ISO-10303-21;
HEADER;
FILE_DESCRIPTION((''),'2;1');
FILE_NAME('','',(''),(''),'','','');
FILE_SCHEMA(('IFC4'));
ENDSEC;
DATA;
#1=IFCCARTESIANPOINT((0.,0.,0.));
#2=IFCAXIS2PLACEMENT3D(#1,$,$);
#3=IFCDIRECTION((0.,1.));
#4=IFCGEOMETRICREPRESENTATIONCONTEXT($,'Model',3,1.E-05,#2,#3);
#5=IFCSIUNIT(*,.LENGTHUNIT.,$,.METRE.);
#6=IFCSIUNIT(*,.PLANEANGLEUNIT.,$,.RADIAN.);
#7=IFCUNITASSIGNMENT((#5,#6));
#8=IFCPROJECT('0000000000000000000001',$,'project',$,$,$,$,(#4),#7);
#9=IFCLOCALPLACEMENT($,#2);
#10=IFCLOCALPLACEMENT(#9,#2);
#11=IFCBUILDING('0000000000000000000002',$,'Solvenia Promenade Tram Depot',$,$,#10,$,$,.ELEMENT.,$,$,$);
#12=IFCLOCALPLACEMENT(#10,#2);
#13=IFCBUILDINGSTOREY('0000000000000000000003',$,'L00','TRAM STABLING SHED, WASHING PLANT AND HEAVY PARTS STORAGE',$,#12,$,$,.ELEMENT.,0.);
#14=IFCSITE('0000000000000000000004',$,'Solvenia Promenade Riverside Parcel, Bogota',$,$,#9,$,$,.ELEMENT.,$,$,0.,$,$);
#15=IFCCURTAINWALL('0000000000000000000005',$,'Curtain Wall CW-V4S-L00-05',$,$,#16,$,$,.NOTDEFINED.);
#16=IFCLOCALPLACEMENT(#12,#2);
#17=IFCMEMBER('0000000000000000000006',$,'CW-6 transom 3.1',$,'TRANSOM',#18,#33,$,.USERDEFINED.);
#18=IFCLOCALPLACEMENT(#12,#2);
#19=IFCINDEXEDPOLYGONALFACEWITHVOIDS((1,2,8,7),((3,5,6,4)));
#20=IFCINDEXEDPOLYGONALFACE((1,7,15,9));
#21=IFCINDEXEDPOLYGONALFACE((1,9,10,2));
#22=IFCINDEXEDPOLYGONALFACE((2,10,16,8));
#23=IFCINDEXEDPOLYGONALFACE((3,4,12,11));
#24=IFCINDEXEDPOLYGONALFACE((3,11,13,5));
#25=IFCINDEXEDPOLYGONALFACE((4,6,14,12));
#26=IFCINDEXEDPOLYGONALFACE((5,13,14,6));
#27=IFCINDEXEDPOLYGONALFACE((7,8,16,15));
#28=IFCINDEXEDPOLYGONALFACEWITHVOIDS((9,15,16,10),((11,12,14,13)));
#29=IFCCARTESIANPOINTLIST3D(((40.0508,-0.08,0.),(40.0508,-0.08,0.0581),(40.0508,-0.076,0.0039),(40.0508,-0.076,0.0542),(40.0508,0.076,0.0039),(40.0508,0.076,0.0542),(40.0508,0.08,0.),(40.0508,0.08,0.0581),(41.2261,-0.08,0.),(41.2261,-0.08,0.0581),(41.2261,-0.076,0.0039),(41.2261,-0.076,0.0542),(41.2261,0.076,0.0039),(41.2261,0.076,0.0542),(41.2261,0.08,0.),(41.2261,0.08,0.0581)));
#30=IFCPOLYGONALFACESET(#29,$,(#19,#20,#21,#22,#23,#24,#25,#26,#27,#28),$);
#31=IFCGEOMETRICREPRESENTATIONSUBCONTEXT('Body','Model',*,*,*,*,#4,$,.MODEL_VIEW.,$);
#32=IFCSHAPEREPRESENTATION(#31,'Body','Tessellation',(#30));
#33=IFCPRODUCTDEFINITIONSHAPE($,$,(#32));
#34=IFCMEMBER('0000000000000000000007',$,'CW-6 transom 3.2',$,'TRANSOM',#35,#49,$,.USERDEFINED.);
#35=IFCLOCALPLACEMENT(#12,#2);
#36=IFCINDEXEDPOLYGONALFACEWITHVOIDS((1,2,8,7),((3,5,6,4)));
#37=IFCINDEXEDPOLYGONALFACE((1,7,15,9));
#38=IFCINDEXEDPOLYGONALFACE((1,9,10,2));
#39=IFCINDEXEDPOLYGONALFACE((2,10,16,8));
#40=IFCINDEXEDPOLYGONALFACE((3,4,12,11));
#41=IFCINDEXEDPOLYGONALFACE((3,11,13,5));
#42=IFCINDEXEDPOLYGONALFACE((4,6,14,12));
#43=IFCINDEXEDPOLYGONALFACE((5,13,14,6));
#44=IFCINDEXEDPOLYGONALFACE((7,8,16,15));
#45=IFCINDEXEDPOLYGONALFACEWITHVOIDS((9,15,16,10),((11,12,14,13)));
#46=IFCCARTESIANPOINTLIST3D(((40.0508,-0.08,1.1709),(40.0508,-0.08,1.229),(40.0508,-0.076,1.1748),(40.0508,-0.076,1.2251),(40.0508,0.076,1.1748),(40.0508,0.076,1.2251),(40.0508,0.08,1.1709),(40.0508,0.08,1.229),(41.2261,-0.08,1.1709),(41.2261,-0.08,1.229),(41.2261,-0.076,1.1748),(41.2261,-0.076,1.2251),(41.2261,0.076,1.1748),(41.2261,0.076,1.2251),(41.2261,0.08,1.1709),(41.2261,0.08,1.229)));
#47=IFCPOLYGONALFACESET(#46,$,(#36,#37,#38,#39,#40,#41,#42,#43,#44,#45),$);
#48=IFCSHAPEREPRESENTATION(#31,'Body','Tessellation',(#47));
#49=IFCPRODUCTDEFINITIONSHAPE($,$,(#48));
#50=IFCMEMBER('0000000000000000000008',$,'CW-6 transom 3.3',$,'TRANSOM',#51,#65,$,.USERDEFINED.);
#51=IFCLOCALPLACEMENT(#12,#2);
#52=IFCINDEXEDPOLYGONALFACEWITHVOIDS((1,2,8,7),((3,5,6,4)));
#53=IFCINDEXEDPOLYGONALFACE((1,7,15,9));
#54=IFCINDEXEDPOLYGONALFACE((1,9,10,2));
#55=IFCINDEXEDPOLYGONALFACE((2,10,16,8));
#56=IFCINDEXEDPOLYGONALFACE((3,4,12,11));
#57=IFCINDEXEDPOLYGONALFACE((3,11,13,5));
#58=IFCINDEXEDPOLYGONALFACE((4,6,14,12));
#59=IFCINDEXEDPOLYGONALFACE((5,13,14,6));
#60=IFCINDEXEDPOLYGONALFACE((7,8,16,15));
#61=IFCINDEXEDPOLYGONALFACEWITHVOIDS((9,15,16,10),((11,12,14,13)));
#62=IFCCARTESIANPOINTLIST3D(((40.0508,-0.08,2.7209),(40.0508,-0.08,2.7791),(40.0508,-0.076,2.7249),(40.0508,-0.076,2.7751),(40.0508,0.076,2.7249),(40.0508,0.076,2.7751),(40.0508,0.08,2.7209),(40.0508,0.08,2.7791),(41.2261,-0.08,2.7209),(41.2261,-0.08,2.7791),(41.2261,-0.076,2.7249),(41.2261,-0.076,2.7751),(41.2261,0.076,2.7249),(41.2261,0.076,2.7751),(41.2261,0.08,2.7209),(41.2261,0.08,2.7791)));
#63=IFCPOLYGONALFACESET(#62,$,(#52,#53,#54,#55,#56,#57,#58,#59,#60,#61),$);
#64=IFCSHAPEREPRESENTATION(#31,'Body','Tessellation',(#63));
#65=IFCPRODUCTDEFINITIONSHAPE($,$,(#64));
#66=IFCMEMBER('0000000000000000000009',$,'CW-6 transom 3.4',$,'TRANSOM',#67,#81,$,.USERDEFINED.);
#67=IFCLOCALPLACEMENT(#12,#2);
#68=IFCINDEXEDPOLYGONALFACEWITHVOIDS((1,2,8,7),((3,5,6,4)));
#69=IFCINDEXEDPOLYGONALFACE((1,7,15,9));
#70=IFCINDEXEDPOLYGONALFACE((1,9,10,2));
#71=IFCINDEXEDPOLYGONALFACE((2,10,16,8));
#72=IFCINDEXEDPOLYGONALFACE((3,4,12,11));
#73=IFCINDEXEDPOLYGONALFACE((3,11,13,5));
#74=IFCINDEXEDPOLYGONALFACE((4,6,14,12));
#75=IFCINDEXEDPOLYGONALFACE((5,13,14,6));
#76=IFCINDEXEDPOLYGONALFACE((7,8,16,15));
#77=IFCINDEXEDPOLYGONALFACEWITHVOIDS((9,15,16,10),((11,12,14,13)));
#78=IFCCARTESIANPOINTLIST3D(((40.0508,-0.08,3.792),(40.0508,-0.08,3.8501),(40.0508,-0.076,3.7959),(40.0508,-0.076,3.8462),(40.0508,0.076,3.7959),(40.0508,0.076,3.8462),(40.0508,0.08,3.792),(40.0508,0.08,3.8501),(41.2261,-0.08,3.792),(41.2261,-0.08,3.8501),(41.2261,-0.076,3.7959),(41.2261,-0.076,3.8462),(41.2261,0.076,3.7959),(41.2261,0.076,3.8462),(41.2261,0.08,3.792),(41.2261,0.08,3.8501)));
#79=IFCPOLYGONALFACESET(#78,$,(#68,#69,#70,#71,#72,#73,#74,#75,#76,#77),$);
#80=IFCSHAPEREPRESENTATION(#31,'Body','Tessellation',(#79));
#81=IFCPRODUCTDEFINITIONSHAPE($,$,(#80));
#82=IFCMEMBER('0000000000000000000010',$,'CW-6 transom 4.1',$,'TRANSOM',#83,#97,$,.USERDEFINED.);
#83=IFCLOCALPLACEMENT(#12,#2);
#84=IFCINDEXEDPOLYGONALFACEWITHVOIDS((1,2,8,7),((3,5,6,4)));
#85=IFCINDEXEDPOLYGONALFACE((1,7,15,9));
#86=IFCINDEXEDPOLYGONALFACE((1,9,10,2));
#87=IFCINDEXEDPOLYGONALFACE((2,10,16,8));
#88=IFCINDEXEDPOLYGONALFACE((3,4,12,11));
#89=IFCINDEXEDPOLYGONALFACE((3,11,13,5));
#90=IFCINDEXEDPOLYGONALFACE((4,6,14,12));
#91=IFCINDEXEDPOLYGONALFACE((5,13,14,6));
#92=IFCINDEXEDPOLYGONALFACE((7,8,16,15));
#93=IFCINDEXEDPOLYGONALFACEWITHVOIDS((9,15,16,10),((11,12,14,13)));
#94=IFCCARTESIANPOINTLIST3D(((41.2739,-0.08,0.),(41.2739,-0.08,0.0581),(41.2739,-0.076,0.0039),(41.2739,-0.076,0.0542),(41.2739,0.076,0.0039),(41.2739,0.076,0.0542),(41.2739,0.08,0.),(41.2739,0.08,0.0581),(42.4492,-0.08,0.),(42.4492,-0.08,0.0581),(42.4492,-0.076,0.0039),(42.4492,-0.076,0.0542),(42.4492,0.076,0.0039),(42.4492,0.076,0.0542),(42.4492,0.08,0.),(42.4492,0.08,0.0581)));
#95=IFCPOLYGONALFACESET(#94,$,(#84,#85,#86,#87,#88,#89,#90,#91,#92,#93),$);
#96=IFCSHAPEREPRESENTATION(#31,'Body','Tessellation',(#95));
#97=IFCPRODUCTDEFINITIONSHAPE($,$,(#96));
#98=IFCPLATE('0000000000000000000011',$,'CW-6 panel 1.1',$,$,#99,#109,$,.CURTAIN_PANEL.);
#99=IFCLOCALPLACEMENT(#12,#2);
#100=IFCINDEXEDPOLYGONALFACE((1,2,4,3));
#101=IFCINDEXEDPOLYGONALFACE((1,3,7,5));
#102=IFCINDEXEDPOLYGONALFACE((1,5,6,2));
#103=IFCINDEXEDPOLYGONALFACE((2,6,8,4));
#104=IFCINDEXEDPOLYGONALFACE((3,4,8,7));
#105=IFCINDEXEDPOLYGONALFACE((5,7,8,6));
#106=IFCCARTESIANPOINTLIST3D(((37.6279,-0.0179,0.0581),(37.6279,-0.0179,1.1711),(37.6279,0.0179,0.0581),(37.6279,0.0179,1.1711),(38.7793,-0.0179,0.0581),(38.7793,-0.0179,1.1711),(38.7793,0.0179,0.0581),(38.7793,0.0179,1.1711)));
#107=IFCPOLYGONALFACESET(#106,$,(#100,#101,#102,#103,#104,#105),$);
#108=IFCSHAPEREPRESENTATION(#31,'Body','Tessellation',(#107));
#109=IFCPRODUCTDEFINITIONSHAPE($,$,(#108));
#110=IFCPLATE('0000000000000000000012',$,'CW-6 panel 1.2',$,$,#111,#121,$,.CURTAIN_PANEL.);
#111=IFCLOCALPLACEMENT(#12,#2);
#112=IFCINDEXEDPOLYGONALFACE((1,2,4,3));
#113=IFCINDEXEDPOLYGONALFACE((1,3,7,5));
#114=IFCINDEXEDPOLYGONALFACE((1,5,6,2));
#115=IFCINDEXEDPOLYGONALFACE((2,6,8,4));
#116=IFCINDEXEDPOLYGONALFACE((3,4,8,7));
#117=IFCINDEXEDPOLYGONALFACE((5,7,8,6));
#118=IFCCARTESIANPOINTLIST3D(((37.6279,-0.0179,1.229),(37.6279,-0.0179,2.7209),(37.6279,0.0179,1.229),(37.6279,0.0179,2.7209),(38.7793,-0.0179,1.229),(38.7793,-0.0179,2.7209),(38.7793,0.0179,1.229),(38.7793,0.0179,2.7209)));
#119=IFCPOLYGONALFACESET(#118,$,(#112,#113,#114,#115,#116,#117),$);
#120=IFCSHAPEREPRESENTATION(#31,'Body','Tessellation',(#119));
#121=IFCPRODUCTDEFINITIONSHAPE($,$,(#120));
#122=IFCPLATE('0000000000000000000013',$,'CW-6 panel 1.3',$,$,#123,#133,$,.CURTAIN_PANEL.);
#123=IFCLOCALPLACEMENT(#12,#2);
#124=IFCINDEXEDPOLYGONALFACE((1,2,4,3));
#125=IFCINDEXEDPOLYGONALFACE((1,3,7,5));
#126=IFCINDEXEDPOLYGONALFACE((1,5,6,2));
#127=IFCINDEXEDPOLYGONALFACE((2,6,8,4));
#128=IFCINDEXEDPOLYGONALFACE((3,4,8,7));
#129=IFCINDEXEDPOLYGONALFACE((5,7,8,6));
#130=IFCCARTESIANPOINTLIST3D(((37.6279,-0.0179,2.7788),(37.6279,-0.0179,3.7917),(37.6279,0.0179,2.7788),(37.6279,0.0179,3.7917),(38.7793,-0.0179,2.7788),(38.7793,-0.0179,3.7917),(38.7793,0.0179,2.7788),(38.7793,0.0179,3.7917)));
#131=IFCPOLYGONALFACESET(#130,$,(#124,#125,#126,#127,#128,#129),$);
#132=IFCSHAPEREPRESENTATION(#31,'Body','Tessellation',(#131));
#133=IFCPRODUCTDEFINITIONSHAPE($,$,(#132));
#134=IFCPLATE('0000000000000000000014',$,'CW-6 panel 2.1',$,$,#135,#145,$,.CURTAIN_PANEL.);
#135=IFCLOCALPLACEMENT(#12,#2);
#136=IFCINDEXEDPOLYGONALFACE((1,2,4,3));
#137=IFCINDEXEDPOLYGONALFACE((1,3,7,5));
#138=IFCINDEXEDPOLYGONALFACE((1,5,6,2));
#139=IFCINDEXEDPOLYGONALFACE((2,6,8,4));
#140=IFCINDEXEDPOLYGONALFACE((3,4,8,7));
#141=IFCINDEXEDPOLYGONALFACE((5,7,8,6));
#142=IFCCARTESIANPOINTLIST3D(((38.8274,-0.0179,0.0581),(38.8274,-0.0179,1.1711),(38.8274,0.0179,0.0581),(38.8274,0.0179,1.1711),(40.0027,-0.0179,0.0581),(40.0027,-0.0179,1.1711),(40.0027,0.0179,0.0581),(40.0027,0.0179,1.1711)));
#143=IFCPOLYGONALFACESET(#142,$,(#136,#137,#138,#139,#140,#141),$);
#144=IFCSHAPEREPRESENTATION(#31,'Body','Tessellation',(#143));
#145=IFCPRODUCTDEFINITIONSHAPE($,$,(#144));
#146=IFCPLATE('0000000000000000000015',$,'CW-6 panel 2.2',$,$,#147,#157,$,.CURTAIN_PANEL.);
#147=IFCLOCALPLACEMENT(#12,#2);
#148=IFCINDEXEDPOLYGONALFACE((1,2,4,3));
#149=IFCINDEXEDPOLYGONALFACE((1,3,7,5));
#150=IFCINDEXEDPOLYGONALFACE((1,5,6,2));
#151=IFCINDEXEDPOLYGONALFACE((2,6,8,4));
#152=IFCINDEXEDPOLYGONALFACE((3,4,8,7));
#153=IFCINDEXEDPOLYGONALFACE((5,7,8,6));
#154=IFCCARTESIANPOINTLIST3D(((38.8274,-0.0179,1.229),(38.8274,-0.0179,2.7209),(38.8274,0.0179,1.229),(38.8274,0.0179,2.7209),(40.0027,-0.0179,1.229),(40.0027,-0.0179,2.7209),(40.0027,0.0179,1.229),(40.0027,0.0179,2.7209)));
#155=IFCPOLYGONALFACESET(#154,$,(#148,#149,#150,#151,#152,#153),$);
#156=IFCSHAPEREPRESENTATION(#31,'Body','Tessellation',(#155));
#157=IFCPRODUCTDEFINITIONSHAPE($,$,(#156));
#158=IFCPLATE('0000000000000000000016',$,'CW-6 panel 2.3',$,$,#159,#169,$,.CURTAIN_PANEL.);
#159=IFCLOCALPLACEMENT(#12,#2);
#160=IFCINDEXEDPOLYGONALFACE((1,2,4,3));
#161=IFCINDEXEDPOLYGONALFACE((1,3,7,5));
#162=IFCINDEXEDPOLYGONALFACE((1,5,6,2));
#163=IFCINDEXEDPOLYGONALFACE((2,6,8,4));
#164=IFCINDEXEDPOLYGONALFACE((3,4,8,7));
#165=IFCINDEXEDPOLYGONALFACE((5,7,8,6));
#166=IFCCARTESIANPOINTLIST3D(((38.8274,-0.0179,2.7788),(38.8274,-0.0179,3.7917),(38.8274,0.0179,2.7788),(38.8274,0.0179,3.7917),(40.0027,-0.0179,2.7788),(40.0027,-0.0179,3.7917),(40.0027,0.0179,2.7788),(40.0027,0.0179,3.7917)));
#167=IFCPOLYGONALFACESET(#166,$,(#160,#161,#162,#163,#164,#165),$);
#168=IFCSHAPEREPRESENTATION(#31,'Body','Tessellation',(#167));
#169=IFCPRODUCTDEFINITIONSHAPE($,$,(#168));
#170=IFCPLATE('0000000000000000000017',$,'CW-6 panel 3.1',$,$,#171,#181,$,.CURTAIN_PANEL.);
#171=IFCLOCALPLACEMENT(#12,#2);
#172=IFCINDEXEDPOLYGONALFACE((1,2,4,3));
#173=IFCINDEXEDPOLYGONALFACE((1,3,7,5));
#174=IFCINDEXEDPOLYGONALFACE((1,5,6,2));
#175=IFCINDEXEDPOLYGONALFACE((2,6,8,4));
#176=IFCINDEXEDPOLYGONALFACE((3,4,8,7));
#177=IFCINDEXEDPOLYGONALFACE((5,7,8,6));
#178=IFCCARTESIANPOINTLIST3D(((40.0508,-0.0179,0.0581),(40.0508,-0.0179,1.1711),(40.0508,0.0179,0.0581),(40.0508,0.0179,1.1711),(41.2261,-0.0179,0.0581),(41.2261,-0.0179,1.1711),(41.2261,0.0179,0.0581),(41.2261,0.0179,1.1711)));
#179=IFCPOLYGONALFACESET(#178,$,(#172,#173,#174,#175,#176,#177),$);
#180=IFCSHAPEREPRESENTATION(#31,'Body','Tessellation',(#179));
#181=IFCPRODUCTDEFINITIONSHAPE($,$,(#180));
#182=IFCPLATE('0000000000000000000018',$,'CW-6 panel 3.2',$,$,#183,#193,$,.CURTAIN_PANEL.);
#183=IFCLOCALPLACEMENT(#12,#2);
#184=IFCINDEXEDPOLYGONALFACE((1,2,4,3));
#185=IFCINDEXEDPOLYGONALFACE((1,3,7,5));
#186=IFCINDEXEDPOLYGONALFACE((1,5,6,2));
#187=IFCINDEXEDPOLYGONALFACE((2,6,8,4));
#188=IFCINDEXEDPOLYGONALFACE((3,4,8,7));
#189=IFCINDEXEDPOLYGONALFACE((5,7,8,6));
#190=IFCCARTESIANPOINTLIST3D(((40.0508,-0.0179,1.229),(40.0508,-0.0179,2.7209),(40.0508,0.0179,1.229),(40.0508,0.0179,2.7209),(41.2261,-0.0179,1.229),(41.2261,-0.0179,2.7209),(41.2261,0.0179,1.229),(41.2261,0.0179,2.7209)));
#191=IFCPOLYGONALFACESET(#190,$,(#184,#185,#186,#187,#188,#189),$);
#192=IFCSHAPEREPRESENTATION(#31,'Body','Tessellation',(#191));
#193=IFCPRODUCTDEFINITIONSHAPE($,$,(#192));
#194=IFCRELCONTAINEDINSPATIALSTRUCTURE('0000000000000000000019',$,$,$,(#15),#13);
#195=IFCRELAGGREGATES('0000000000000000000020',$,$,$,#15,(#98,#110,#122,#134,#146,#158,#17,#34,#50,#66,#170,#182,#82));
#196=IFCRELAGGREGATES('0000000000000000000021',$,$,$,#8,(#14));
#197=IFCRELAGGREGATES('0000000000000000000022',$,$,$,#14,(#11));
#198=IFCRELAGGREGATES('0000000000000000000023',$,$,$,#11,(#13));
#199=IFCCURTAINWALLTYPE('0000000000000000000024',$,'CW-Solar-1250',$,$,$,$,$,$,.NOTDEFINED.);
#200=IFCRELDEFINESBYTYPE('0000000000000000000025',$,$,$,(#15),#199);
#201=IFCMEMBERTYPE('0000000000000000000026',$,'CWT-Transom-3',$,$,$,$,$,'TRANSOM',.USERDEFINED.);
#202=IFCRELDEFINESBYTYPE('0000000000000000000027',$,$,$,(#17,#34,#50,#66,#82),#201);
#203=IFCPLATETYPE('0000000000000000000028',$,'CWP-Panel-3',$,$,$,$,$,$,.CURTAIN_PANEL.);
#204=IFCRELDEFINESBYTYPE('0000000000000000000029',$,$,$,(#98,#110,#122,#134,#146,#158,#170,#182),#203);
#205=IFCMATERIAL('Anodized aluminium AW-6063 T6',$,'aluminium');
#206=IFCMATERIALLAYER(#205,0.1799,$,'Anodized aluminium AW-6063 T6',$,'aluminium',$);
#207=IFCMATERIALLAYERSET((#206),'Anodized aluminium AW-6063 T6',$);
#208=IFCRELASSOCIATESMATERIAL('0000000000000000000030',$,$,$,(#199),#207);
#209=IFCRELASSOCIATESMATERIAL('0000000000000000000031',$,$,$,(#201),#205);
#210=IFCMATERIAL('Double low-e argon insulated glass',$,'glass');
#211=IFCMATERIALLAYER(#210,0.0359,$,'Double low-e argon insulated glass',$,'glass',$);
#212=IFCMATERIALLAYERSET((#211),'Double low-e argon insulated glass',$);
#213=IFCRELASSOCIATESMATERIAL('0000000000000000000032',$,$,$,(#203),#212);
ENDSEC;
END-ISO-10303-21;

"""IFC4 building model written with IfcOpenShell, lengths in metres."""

from ifc_helpers import new_model, si_unit, direction, frame, origin, origin_2d, place, context, subcontext, project, spatial, rectangle, hollow_rectangle, extrude, material, layer, layer_set, material_profile, profile_set, type_object, element, aggregate, save


model = new_model("IFC4")

# Units and contexts
model_context = context("Model", 3, precision=1e-05, world=origin(), true_north=direction((0.0, 1.0)))
body_context = subcontext(model_context, "Body", "Model", "MODEL_VIEW")
ifc_project = project(units=[si_unit("LENGTHUNIT", "METRE"), si_unit("PLANEANGLEUNIT", "RADIAN")], contexts=[model_context])

# Site, building, storey
site_placement = place(None, origin())
site = spatial("IfcSite", under=ifc_project, at=site_placement, Name="Solvenia Promenade Riverside Parcel, Bogota", CompositionType="ELEMENT", RefElevation=0.0)
building_placement = place(site_placement, origin())
building = spatial("IfcBuilding", under=site, at=building_placement, Name="Solvenia Promenade Tram Depot", CompositionType="ELEMENT")
storey_placement = place(building_placement, origin())
storey = spatial("IfcBuildingStorey", under=building, at=storey_placement, Name="L00", Description="TRAM STABLING SHED, WASHING PLANT AND HEAVY PARTS STORAGE", CompositionType="ELEMENT", Elevation=0.0)

# Curtain wall, members, plates
ifc_material_1 = material(Name="Anodized aluminium AW-6063 T6", Category="aluminium")
ifc_layer_1 = layer(ifc_material_1, 0.1799, Name="Anodized aluminium AW-6063 T6", Category="aluminium")
ifc_layer_set_1 = layer_set([ifc_layer_1], Name="Anodized aluminium AW-6063 T6")
curtain_wall_type = type_object("IfcCurtainWallType", Name="CW-Solar-1250", PredefinedType="NOTDEFINED", material=ifc_layer_set_1)
curtain_wall_placement = place(storey_placement, origin())
curtain_wall = element("IfcCurtainWall", 1, at=curtain_wall_placement, inside=storey, type_object=curtain_wall_type, Name="Curtain Wall CW-V4S-L00-05", PredefinedType="NOTDEFINED")
ifc_material_profile_1 = material_profile(ifc_material_1, hollow_rectangle(XDim=0.1599, YDim=0.0581, WallThickness=0.0039, at=origin_2d()), Name="ALU-T3", Category="aluminium")
ifc_profile_set_1 = profile_set([ifc_material_profile_1], Name="Anodized aluminium AW-6063 T6")
member_type_1 = type_object("IfcMemberType", Name="CWT-Transom-3", ElementType="TRANSOM", PredefinedType="USERDEFINED", material=ifc_profile_set_1)
member_1_placement = place(storey_placement, frame((40.0508, 0.0, 0.0291), z_axis=(1.0, 0.0, 0.0), x_axis=(0.0, 1.0, 0.0)))
member_1 = element("IfcMember", 2, at=member_1_placement, type_object=member_type_1, Name="CW-6 transom 3.1", ObjectType="TRANSOM", PredefinedType="USERDEFINED", context=body_context, shape_type="SweptSolid", body=[
    extrude(hollow_rectangle(XDim=0.1599, YDim=0.0581, WallThickness=0.0039, at=origin_2d()), origin(), (0.0, 0.0, 1.0), 1.1753),
])
member_2_placement = place(storey_placement, frame((40.0508, 0.0, 1.2), z_axis=(1.0, 0.0, 0.0), x_axis=(0.0, 1.0, 0.0)))
member_2 = element("IfcMember", 3, at=member_2_placement, type_object=member_type_1, Name="CW-6 transom 3.2", ObjectType="TRANSOM", PredefinedType="USERDEFINED", context=body_context, shape_type="SweptSolid", body=[
    extrude(hollow_rectangle(XDim=0.1599, YDim=0.0581, WallThickness=0.0039, at=origin_2d()), origin(), (0.0, 0.0, 1.0), 1.1753),
])
member_3_placement = place(storey_placement, frame((40.0508, 0.0, 2.75), z_axis=(1.0, 0.0, 0.0), x_axis=(0.0, 1.0, 0.0)))
member_3 = element("IfcMember", 4, at=member_3_placement, type_object=member_type_1, Name="CW-6 transom 3.3", ObjectType="TRANSOM", PredefinedType="USERDEFINED", context=body_context, shape_type="SweptSolid", body=[
    extrude(hollow_rectangle(XDim=0.1599, YDim=0.0581, WallThickness=0.0039, at=origin_2d()), origin(), (0.0, 0.0, 1.0), 1.1753),
])
member_4_placement = place(storey_placement, frame((40.0508, 0.0, 3.821), z_axis=(1.0, 0.0, 0.0), x_axis=(0.0, 1.0, 0.0)))
member_4 = element("IfcMember", 5, at=member_4_placement, type_object=member_type_1, Name="CW-6 transom 3.4", ObjectType="TRANSOM", PredefinedType="USERDEFINED", context=body_context, shape_type="SweptSolid", body=[
    extrude(hollow_rectangle(XDim=0.1599, YDim=0.0581, WallThickness=0.0039, at=origin_2d()), origin(), (0.0, 0.0, 1.0), 1.1753),
])
member_5_placement = place(storey_placement, frame((41.2739, 0.0, 0.0291), z_axis=(1.0, 0.0, 0.0), x_axis=(0.0, 1.0, 0.0)))
member_5 = element("IfcMember", 6, at=member_5_placement, type_object=member_type_1, Name="CW-6 transom 4.1", ObjectType="TRANSOM", PredefinedType="USERDEFINED", context=body_context, shape_type="SweptSolid", body=[
    extrude(hollow_rectangle(XDim=0.1599, YDim=0.0581, WallThickness=0.0039, at=origin_2d()), origin(), (0.0, 0.0, 1.0), 1.1753),
])
ifc_material_2 = material(Name="Double low-e argon insulated glass", Category="glass")
ifc_layer_2 = layer(ifc_material_2, 0.0359, Name="Double low-e argon insulated glass", Category="glass")
ifc_layer_set_2 = layer_set([ifc_layer_2], Name="Double low-e argon insulated glass")
plate_type = type_object("IfcPlateType", Name="CWP-Panel-3", PredefinedType="CURTAIN_PANEL", material=ifc_layer_set_2)
plate_1_placement = place(storey_placement, frame((38.2036, 0.0, 0.0581), z_axis=(0.0, 0.0, 1.0), x_axis=(1.0, 0.0, 0.0)))
plate_1 = element("IfcPlate", 7, at=plate_1_placement, type_object=plate_type, Name="CW-6 panel 1.1", PredefinedType="CURTAIN_PANEL", context=body_context, shape_type="SweptSolid", body=[
    extrude(rectangle(XDim=1.1514, YDim=0.0359, at=origin_2d()), origin(), (0.0, 0.0, 1.0), 1.113),
])
plate_2_placement = place(storey_placement, frame((38.2036, 0.0, 1.229), z_axis=(0.0, 0.0, 1.0), x_axis=(1.0, 0.0, 0.0)))
plate_2 = element("IfcPlate", 8, at=plate_2_placement, type_object=plate_type, Name="CW-6 panel 1.2", PredefinedType="CURTAIN_PANEL", context=body_context, shape_type="SweptSolid", body=[
    extrude(rectangle(XDim=1.1514, YDim=0.0359, at=origin_2d()), origin(), (0.0, 0.0, 1.0), 1.4919),
])
plate_3_placement = place(storey_placement, frame((38.2036, 0.0, 2.7788), z_axis=(0.0, 0.0, 1.0), x_axis=(1.0, 0.0, 0.0)))
plate_3 = element("IfcPlate", 9, at=plate_3_placement, type_object=plate_type, Name="CW-6 panel 1.3", PredefinedType="CURTAIN_PANEL", context=body_context, shape_type="SweptSolid", body=[
    extrude(rectangle(XDim=1.1514, YDim=0.0359, at=origin_2d()), origin(), (0.0, 0.0, 1.0), 1.0129),
])
plate_4_placement = place(storey_placement, frame((39.415, 0.0, 0.0581), z_axis=(0.0, 0.0, 1.0), x_axis=(1.0, 0.0, 0.0)))
plate_4 = element("IfcPlate", 10, at=plate_4_placement, type_object=plate_type, Name="CW-6 panel 2.1", PredefinedType="CURTAIN_PANEL", context=body_context, shape_type="SweptSolid", body=[
    extrude(rectangle(XDim=1.1753, YDim=0.0359, at=origin_2d()), origin(), (0.0, 0.0, 1.0), 1.113),
])
plate_5_placement = place(storey_placement, frame((39.415, 0.0, 1.229), z_axis=(0.0, 0.0, 1.0), x_axis=(1.0, 0.0, 0.0)))
plate_5 = element("IfcPlate", 11, at=plate_5_placement, type_object=plate_type, Name="CW-6 panel 2.2", PredefinedType="CURTAIN_PANEL", context=body_context, shape_type="SweptSolid", body=[
    extrude(rectangle(XDim=1.1753, YDim=0.0359, at=origin_2d()), origin(), (0.0, 0.0, 1.0), 1.4919),
])
plate_6_placement = place(storey_placement, frame((39.415, 0.0, 2.7788), z_axis=(0.0, 0.0, 1.0), x_axis=(1.0, 0.0, 0.0)))
plate_6 = element("IfcPlate", 12, at=plate_6_placement, type_object=plate_type, Name="CW-6 panel 2.3", PredefinedType="CURTAIN_PANEL", context=body_context, shape_type="SweptSolid", body=[
    extrude(rectangle(XDim=1.1753, YDim=0.0359, at=origin_2d()), origin(), (0.0, 0.0, 1.0), 1.0129),
])
plate_7_placement = place(storey_placement, frame((40.6384, 0.0, 0.0581), z_axis=(0.0, 0.0, 1.0), x_axis=(1.0, 0.0, 0.0)))
plate_7 = element("IfcPlate", 13, at=plate_7_placement, type_object=plate_type, Name="CW-6 panel 3.1", PredefinedType="CURTAIN_PANEL", context=body_context, shape_type="SweptSolid", body=[
    extrude(rectangle(XDim=1.1753, YDim=0.0359, at=origin_2d()), origin(), (0.0, 0.0, 1.0), 1.113),
])
plate_8_placement = place(storey_placement, frame((40.6384, 0.0, 1.229), z_axis=(0.0, 0.0, 1.0), x_axis=(1.0, 0.0, 0.0)))
plate_8 = element("IfcPlate", 14, at=plate_8_placement, type_object=plate_type, Name="CW-6 panel 3.2", PredefinedType="CURTAIN_PANEL", context=body_context, shape_type="SweptSolid", body=[
    extrude(rectangle(XDim=1.1753, YDim=0.0359, at=origin_2d()), origin(), (0.0, 0.0, 1.0), 1.4919),
])
aggregate(curtain_wall, [plate_1, plate_2, plate_3, plate_4, plate_5, plate_6, member_1, member_2, member_3, member_4, plate_7, plate_8, member_5])

save(model, "model.ifc")
